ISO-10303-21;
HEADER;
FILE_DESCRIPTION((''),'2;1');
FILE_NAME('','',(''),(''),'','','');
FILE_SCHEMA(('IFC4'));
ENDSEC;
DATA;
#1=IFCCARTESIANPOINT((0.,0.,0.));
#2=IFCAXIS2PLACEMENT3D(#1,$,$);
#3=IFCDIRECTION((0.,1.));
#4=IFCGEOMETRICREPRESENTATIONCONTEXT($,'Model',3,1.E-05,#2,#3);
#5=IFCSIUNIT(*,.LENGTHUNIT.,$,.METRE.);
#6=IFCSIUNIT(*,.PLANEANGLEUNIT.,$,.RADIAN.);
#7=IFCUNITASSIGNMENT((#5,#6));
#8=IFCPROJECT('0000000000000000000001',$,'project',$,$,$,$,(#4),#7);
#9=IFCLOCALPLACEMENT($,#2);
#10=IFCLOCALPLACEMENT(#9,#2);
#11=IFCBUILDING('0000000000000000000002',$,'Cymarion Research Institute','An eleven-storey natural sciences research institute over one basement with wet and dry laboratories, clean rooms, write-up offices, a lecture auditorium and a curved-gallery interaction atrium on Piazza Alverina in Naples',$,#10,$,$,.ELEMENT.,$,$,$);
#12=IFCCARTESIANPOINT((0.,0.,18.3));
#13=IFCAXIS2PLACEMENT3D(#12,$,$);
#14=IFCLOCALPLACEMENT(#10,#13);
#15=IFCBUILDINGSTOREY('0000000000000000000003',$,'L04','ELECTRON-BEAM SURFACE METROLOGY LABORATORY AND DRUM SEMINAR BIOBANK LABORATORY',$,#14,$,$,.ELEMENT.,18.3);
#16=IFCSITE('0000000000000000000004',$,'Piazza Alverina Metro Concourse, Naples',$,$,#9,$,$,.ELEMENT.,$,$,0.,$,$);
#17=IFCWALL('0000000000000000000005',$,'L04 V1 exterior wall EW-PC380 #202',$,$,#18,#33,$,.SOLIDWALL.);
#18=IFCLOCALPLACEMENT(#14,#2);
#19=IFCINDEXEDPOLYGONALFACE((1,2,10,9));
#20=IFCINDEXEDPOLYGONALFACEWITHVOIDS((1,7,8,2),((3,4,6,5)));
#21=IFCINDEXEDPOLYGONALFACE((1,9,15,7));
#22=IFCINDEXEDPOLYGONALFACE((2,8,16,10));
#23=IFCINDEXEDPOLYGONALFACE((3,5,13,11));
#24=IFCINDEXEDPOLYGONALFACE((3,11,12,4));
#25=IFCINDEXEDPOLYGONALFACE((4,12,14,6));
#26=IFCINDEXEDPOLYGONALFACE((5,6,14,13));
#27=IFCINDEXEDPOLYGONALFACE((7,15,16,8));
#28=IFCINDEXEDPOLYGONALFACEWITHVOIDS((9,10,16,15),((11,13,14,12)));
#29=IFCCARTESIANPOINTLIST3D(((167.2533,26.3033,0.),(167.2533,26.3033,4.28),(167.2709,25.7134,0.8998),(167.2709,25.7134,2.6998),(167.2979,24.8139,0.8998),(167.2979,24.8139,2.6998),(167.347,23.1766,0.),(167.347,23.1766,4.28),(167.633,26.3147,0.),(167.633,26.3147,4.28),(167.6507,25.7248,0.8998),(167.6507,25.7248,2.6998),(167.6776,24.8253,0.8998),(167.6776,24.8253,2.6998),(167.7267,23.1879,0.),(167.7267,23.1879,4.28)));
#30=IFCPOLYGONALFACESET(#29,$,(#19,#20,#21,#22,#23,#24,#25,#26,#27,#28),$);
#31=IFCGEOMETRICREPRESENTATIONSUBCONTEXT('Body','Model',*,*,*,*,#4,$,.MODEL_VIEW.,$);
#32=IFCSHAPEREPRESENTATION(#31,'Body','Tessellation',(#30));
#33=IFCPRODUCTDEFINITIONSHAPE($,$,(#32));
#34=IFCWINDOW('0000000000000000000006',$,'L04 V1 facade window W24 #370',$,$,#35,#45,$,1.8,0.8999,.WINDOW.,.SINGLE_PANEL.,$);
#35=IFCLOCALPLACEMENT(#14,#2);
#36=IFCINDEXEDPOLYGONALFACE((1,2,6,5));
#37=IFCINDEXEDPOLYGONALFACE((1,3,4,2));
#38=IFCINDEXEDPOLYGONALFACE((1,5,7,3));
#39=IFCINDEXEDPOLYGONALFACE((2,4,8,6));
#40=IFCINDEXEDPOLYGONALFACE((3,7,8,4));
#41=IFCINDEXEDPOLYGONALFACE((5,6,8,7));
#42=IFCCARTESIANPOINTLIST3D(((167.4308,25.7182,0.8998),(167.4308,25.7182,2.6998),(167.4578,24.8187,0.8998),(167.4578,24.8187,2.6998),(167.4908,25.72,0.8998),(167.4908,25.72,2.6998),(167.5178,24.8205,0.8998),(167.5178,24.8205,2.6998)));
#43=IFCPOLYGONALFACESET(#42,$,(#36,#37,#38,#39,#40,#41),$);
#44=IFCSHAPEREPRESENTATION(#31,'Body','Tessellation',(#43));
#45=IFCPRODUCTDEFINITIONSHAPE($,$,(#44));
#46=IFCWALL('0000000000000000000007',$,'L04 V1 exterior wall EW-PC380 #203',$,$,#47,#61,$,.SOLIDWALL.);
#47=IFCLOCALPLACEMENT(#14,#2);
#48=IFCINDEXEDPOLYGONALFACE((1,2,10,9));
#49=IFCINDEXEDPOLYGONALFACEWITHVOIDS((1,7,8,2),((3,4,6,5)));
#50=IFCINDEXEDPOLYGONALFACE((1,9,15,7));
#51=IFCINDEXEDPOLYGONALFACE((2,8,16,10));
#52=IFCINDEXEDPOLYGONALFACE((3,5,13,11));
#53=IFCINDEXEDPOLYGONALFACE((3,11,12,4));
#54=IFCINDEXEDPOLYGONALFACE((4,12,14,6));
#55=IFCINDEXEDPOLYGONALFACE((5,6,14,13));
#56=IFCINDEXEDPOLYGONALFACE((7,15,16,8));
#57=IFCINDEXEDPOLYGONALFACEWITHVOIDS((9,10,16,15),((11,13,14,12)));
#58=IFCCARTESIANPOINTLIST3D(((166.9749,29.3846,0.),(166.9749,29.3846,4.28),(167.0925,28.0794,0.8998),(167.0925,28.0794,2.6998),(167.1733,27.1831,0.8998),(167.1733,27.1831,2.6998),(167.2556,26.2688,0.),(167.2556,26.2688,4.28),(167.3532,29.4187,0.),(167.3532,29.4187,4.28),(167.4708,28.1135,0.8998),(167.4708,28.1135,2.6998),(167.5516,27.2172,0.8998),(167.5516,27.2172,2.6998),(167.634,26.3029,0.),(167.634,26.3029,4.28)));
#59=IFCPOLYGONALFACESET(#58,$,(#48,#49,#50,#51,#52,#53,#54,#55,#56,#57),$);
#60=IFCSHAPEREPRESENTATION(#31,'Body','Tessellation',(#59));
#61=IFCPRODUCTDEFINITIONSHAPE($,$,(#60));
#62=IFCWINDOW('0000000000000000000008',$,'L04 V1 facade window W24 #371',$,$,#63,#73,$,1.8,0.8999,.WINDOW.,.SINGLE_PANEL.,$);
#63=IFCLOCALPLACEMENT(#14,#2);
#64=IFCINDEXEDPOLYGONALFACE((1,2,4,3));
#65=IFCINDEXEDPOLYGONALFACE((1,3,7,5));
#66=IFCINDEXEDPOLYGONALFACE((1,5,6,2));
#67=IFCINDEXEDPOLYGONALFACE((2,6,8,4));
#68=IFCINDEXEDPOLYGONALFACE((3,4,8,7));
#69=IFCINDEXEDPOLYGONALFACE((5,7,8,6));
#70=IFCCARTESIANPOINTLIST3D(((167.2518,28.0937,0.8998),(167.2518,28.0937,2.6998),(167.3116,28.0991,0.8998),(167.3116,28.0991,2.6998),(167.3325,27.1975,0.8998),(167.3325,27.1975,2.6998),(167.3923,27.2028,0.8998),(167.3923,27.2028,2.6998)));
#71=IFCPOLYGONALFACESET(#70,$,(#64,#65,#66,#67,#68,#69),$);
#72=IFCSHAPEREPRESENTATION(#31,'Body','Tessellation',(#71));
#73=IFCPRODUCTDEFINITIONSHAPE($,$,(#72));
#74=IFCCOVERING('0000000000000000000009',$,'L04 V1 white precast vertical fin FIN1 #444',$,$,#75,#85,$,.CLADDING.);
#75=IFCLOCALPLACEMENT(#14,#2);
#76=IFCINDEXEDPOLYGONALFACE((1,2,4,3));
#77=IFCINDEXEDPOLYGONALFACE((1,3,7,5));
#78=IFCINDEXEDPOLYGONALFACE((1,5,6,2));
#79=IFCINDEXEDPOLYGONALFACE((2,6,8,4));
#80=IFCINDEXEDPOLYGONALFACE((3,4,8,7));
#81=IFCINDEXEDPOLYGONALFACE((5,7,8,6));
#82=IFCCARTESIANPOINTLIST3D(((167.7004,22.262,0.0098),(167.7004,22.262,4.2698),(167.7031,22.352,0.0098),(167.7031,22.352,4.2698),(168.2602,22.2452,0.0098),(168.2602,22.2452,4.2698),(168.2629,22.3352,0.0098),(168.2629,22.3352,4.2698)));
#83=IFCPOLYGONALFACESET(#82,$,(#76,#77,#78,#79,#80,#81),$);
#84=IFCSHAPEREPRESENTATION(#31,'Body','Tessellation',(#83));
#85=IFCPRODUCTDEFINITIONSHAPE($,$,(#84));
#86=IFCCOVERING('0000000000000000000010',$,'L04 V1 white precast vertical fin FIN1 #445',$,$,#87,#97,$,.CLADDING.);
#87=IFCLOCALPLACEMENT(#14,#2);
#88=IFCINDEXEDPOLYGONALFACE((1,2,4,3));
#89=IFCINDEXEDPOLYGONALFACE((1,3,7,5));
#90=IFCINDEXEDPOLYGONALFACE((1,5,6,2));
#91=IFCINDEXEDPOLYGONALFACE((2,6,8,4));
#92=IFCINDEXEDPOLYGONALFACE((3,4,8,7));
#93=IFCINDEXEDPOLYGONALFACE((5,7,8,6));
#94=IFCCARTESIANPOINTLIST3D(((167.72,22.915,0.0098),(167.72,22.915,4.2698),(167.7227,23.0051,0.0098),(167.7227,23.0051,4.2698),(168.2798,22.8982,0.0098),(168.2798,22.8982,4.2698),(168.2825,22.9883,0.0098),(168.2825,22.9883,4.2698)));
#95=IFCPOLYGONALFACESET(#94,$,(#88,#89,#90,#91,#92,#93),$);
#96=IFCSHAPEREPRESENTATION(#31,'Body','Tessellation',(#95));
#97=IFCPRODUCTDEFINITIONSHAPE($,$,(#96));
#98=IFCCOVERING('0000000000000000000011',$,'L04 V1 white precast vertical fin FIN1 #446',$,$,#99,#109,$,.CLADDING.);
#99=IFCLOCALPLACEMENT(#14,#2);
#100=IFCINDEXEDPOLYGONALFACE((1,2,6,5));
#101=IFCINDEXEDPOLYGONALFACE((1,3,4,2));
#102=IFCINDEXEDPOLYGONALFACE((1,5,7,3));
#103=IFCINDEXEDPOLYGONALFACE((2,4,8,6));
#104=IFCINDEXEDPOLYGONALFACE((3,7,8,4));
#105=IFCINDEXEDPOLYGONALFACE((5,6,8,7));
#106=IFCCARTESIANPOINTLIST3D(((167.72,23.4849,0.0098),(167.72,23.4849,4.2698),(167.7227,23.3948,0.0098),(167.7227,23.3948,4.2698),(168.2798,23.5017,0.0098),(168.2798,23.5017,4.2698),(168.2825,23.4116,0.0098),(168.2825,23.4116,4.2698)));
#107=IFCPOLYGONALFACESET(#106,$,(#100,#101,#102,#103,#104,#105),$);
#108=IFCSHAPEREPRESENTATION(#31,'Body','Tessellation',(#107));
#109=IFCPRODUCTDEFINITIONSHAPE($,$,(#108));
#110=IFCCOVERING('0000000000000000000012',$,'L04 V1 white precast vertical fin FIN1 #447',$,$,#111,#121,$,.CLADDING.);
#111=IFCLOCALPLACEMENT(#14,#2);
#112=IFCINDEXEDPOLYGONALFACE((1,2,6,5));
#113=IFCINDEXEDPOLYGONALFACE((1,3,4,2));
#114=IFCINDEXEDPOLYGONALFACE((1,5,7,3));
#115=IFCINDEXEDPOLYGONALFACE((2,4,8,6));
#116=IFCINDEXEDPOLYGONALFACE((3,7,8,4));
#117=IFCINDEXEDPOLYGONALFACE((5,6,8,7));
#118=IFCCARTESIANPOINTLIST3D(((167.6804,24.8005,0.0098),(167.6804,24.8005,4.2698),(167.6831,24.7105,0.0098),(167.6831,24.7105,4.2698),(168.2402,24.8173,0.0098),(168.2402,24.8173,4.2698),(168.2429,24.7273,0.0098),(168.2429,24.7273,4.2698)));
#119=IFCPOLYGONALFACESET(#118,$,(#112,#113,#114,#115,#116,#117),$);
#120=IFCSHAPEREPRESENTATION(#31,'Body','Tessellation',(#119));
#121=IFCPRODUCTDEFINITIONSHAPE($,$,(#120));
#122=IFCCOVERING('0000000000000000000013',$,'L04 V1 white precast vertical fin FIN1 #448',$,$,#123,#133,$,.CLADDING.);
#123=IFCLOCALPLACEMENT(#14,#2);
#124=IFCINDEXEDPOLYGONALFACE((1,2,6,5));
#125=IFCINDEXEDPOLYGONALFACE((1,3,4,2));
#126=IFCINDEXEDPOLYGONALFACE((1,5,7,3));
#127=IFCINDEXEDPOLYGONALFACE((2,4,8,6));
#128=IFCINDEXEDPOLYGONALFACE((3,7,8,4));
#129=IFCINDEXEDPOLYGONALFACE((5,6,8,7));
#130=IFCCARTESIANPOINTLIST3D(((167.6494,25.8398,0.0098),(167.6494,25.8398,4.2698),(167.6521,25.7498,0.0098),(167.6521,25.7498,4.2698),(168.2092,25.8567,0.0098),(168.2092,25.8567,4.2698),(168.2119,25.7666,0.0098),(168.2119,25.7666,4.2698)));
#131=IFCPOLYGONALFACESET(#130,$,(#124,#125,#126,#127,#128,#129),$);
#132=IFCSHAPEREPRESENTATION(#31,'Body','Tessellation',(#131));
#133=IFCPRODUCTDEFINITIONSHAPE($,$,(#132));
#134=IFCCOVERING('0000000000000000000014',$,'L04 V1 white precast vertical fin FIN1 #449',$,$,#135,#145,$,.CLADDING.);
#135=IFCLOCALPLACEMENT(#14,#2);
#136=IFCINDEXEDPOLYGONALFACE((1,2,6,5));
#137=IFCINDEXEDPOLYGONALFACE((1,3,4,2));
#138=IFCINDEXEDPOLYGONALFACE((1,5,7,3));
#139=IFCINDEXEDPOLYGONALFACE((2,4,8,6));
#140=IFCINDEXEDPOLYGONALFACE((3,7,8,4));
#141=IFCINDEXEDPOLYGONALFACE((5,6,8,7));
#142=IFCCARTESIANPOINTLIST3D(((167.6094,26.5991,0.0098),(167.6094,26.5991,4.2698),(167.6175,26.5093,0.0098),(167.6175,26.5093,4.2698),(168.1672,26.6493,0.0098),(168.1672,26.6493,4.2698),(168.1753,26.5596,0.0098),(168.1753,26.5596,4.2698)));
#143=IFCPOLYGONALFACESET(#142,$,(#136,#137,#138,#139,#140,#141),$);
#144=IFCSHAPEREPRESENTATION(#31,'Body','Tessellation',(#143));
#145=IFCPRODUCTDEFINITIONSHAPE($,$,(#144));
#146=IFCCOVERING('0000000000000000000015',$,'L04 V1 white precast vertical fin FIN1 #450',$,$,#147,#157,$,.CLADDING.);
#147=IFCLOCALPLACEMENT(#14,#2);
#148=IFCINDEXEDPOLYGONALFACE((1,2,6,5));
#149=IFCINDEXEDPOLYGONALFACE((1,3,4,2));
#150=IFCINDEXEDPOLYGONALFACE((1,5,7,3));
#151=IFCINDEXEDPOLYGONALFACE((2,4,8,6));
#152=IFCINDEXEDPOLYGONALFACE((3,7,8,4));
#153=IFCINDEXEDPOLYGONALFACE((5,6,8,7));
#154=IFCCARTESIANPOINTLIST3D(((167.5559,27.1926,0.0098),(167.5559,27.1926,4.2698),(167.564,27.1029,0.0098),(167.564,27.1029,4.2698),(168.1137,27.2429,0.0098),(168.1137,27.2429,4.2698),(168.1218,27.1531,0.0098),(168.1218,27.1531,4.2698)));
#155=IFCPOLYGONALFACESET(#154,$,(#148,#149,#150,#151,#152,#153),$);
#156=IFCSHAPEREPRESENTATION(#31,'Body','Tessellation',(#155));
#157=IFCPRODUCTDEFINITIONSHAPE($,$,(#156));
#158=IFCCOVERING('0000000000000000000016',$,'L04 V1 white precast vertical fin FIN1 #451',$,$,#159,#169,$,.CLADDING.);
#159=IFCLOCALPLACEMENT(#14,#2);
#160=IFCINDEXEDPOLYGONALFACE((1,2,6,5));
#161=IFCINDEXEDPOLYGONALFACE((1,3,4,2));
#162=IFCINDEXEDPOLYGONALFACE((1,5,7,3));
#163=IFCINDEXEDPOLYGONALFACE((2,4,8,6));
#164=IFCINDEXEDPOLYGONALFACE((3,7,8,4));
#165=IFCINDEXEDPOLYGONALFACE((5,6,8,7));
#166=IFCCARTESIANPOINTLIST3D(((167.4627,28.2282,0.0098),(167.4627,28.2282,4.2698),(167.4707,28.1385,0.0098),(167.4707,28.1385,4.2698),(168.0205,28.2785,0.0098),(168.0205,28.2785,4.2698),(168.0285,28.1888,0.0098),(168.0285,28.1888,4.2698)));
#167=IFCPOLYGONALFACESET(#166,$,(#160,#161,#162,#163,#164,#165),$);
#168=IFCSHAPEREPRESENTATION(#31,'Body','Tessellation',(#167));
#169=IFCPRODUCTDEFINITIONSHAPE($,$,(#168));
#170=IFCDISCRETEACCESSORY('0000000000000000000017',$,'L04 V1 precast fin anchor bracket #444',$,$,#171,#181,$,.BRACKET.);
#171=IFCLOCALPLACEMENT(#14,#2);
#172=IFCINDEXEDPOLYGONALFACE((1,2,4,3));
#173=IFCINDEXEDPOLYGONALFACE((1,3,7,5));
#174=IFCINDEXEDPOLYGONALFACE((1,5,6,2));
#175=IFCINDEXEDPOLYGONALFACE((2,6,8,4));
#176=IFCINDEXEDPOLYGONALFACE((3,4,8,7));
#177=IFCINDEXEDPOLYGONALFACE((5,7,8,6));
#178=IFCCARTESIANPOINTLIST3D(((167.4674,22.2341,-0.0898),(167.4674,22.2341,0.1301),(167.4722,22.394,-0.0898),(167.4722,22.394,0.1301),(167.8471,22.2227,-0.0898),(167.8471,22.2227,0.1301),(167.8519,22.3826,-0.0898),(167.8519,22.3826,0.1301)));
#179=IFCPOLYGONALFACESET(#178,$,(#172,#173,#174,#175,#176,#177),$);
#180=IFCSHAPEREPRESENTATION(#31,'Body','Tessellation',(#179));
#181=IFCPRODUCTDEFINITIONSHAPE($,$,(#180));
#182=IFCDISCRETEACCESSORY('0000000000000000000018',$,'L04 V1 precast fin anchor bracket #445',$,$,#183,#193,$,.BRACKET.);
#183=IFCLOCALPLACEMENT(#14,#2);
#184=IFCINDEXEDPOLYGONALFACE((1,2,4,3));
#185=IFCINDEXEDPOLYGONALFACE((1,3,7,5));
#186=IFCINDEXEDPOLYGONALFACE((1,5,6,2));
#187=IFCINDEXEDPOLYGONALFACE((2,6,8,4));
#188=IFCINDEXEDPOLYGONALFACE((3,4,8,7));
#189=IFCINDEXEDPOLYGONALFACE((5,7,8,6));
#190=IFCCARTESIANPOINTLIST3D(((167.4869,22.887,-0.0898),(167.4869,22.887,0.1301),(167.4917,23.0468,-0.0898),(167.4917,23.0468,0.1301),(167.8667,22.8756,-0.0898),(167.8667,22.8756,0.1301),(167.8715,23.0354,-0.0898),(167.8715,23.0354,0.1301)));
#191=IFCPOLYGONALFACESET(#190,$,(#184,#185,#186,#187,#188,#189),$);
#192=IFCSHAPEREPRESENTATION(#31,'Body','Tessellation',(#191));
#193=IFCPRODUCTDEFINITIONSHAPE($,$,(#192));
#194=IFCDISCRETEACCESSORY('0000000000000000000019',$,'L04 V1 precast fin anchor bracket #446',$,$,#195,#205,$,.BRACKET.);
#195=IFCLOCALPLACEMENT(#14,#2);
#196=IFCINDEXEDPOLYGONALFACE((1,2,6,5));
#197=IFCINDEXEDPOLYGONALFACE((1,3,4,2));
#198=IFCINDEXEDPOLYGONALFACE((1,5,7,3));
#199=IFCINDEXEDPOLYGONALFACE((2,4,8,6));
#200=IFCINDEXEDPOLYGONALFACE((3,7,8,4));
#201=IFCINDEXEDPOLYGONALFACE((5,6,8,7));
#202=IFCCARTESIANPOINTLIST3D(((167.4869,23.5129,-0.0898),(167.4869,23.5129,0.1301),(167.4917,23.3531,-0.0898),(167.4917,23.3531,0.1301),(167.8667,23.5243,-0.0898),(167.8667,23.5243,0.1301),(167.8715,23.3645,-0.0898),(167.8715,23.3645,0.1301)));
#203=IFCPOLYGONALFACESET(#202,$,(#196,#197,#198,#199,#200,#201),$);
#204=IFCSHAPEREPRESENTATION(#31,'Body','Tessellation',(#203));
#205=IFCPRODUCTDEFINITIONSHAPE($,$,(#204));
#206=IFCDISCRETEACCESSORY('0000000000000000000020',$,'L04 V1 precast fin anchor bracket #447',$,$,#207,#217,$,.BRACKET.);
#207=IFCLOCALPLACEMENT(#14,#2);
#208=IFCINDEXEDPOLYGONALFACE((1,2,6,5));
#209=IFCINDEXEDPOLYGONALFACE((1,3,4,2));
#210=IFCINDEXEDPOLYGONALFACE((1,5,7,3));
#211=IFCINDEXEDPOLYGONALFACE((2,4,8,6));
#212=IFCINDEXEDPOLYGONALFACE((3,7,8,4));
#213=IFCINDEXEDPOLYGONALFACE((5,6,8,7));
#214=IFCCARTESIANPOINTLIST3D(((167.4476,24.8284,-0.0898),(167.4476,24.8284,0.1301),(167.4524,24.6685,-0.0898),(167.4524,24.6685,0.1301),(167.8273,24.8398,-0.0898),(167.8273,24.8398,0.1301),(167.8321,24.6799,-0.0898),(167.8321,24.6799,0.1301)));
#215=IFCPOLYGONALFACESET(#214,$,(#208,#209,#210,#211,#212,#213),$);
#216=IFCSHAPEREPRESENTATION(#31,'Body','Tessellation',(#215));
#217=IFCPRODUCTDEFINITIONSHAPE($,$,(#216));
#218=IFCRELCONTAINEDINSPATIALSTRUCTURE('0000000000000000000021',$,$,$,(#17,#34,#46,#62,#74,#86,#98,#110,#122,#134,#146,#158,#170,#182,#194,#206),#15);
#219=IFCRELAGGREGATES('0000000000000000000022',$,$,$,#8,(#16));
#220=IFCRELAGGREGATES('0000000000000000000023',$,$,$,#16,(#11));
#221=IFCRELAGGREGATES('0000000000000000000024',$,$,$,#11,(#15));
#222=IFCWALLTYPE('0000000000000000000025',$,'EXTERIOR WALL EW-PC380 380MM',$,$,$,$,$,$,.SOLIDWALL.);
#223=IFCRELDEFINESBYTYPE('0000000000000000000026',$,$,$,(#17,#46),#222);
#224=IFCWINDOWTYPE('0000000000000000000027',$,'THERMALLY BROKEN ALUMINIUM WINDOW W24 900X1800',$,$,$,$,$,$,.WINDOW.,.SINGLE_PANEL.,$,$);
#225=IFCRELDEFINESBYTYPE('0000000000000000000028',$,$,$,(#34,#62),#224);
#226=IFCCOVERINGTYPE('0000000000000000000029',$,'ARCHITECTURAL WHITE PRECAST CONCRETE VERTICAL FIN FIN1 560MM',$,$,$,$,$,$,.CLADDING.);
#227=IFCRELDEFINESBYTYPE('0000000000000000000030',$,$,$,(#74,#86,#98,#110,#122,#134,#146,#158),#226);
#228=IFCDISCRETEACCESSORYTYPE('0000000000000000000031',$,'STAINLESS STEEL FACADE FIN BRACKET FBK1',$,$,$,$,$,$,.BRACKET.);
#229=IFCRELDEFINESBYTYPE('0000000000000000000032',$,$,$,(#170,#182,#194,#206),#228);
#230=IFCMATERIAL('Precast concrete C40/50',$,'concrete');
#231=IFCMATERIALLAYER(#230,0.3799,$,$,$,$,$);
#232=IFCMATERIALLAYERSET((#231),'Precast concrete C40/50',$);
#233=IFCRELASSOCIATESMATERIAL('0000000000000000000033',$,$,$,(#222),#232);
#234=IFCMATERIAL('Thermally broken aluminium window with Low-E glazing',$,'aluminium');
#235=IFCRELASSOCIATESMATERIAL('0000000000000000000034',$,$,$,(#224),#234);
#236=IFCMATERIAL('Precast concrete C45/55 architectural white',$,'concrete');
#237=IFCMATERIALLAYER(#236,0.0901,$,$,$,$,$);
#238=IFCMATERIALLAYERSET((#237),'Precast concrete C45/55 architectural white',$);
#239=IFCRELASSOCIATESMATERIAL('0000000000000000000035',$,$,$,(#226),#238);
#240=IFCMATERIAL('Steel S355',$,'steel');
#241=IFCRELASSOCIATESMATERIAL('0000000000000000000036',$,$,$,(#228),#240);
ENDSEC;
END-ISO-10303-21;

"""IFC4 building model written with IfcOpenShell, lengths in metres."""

from ifc_helpers import new_model, si_unit, direction, frame, frame_2d, origin, origin_2d, place, context, subcontext, project, spatial, rectangle, extrude, material, layer, layer_set, type_object, element, fill, save


model = new_model("IFC4")

# Units and contexts
model_context = context("Model", 3, precision=1e-05, world=origin(), true_north=direction((0.0, 1.0)))
body_context = subcontext(model_context, "Body", "Model", "MODEL_VIEW")
ifc_project = project(units=[si_unit("LENGTHUNIT", "METRE"), si_unit("PLANEANGLEUNIT", "RADIAN")], contexts=[model_context])

# Site, building, storey
site_placement = place(None, origin())
site = spatial("IfcSite", under=ifc_project, at=site_placement, Name="Piazza Alverina Metro Concourse, Naples", CompositionType="ELEMENT", RefElevation=0.0)
building_placement = place(site_placement, origin())
building = spatial("IfcBuilding", under=site, at=building_placement, Name="Cymarion Research Institute", Description="An eleven-storey natural sciences research institute over one basement with wet and dry laboratories, clean rooms, write-up offices, a lecture auditorium and a curved-gallery interaction atrium on Piazza Alverina in Naples", CompositionType="ELEMENT")
storey_placement = place(building_placement, frame((0.0, 0.0, 18.3)))
storey = spatial("IfcBuildingStorey", under=building, at=storey_placement, Name="L04", Description="ELECTRON-BEAM SURFACE METROLOGY LABORATORY AND DRUM SEMINAR BIOBANK LABORATORY", CompositionType="ELEMENT", Elevation=18.3)

# Walls, openings, windows
ifc_material_1 = material(Name="Precast concrete C40/50", Category="concrete")
ifc_layer_1 = layer(ifc_material_1, 0.3799)
ifc_layer_set_1 = layer_set([ifc_layer_1], Name="Precast concrete C40/50")
wall_type = type_object("IfcWallType", Name="EXTERIOR WALL EW-PC380 380MM", PredefinedType="SOLIDWALL", material=ifc_layer_set_1)
wall_1_placement = place(storey_placement, frame((167.5369, 23.1824, 0.0), z_axis=(0.0, 0.0, 1.0), x_axis=(-0.02997, 0.999551, 0.0)))
wall_1 = element("IfcWall", 1, at=wall_1_placement, inside=storey, type_object=wall_type, Name="L04 V1 exterior wall EW-PC380 #202", PredefinedType="SOLIDWALL", context=body_context, shape_type="SweptSolid", body=[
    extrude(rectangle(XDim=3.1282, YDim=0.3799, at=frame_2d((1.564, 0.0))), origin(), (0.0, 0.0, 1.0), 4.28),
])
opening_1_placement = place(wall_1_placement, frame((1.6379, 0.0, 0.8999)))
opening_1 = element("IfcOpeningElement", 2, at=opening_1_placement, cuts=wall_1, PredefinedType="OPENING", context=body_context, shape_type="SweptSolid", body=[
    extrude(rectangle(XDim=0.8999, YDim=1.8, at=frame_2d((0.45, 0.8999))), frame((0.0, 0.2, 0.0), z_axis=(0.0, -1.0, 0.0), x_axis=(1.0, 0.0, 0.0)), (0.0, 0.0, 1.0), 0.3999),
])
ifc_material_2 = material(Name="Thermally broken aluminium window with Low-E glazing", Category="aluminium")
window_type = type_object("IfcWindowType", Name="THERMALLY BROKEN ALUMINIUM WINDOW W24 900X1800", PartitioningType="SINGLE_PANEL", PredefinedType="WINDOW", material=ifc_material_2)
window_1_placement = place(opening_1_placement, origin())
window_1 = element("IfcWindow", 3, at=window_1_placement, inside=storey, type_object=window_type, Name="L04 V1 facade window W24 #370", OverallHeight=1.8, OverallWidth=0.8999, PartitioningType="SINGLE_PANEL", PredefinedType="WINDOW", context=body_context, shape_type="SweptSolid", body=[
    extrude(rectangle(XDim=0.8999, YDim=1.8, at=frame_2d((0.45, 0.8999))), frame((0.0, 0.03, 0.0), z_axis=(0.0, -1.0, 0.0), x_axis=(1.0, 0.0, 0.0)), (0.0, 0.0, 1.0), 0.0601),
])
fill(opening_1, window_1)
wall_2_placement = place(storey_placement, frame((167.4448, 26.2859, 0.0), z_axis=(0.0, 0.0, 1.0), x_axis=(-0.089748, 0.995965, 0.0)))
wall_2 = element("IfcWall", 4, at=wall_2_placement, inside=storey, type_object=wall_type, Name="L04 V1 exterior wall EW-PC380 #203", PredefinedType="SOLIDWALL", context=body_context, shape_type="SweptSolid", body=[
    extrude(rectangle(XDim=3.1284, YDim=0.3799, at=frame_2d((1.5642, 0.0))), origin(), (0.0, 0.0, 1.0), 4.28),
])
opening_2_placement = place(wall_2_placement, frame((0.918, 0.0, 0.8999)))
opening_2 = element("IfcOpeningElement", 5, at=opening_2_placement, cuts=wall_2, PredefinedType="OPENING", context=body_context, shape_type="SweptSolid", body=[
    extrude(rectangle(XDim=0.8999, YDim=1.8, at=frame_2d((0.45, 0.8999))), frame((0.0, 0.2, 0.0), z_axis=(0.0, -1.0, 0.0), x_axis=(1.0, 0.0, 0.0)), (0.0, 0.0, 1.0), 0.3999),
])
window_2_placement = place(opening_2_placement, origin())
window_2 = element("IfcWindow", 6, at=window_2_placement, inside=storey, type_object=window_type, Name="L04 V1 facade window W24 #371", OverallHeight=1.8, OverallWidth=0.8999, PartitioningType="SINGLE_PANEL", PredefinedType="WINDOW", context=body_context, shape_type="SweptSolid", body=[
    extrude(rectangle(XDim=0.8999, YDim=1.8, at=frame_2d((0.45, 0.8999))), frame((0.0, 0.03, 0.0), z_axis=(0.0, -1.0, 0.0), x_axis=(1.0, 0.0, 0.0)), (0.0, 0.0, 1.0), 0.0601),
])
fill(opening_2, window_2)

# Coverings
ifc_material_3 = material(Name="Precast concrete C45/55 architectural white", Category="concrete")
ifc_layer_2 = layer(ifc_material_3, 0.0901)
ifc_layer_set_2 = layer_set([ifc_layer_2], Name="Precast concrete C45/55 architectural white")
covering_type = type_object("IfcCoveringType", Name="ARCHITECTURAL WHITE PRECAST CONCRETE VERTICAL FIN FIN1 560MM", PredefinedType="CLADDING", material=ifc_layer_set_2)
for number, where, z_axis, x_axis, name in (
    (7, (167.9817, 22.2986, 0.0098), (0.0, 0.0, 1.0), (0.999549, -0.030015, 0.0), "L04 V1 white precast vertical fin FIN1 #444"),
    (8, (168.0012, 22.9517, 0.0098), (0.0, 0.0, 1.0), (0.999549, -0.030015, 0.0), "L04 V1 white precast vertical fin FIN1 #445"),
    (9, (168.0012, 23.4482, 0.0098), (0.0, 0.0, 1.0), (0.999549, 0.030015, 0.0), "L04 V1 white precast vertical fin FIN1 #446"),
    (10, (167.9617, 24.7639, 0.0098), (0.0, 0.0, 1.0), (0.999549, 0.030015, 0.0), "L04 V1 white precast vertical fin FIN1 #447"),
    (11, (167.9307, 25.8032, 0.0098), (0.0, 0.0, 1.0), (0.999549, 0.030015, 0.0), "L04 V1 white precast vertical fin FIN1 #448"),
    (12, (167.8923, 26.5793, 0.0098), (0.0, 0.0, 1.0), (0.995963, 0.089763, 0.0), "L04 V1 white precast vertical fin FIN1 #449"),
    (13, (167.8389, 27.1729, 0.0098), (0.0, 0.0, 1.0), (0.995963, 0.089763, 0.0), "L04 V1 white precast vertical fin FIN1 #450"),
    (14, (167.7456, 28.2085, 0.0098), (0.0, 0.0, 1.0), (0.995963, 0.089763, 0.0), "L04 V1 white precast vertical fin FIN1 #451"),
):
    element("IfcCovering", number, at=place(storey_placement, frame(where, z_axis=z_axis, x_axis=x_axis)), inside=storey, type_object=covering_type, Name=name, PredefinedType="CLADDING", context=body_context, shape_type="SweptSolid", body=[
        extrude(rectangle(XDim=0.5601, YDim=0.0901, at=origin_2d()), origin(), (0.0, 0.0, 1.0), 4.26),
    ])

# Discrete accessories
ifc_material_4 = material(Name="Steel S355", Category="steel")
discrete_accessory_type = type_object("IfcDiscreteAccessoryType", Name="STAINLESS STEEL FACADE FIN BRACKET FBK1", PredefinedType="BRACKET", material=ifc_material_4)
for number, where, z_axis, x_axis, name in (
    (15, (167.6597, 22.3083, -0.0898), (0.0, 0.0, 1.0), (0.999549, -0.030015, 0.0), "L04 V1 precast fin anchor bracket #444"),
    (16, (167.6792, 22.9612, -0.0898), (0.0, 0.0, 1.0), (0.999549, -0.030015, 0.0), "L04 V1 precast fin anchor bracket #445"),
    (17, (167.6792, 23.4387, -0.0898), (0.0, 0.0, 1.0), (0.999549, 0.030015, 0.0), "L04 V1 precast fin anchor bracket #446"),
    (18, (167.6399, 24.7542, -0.0898), (0.0, 0.0, 1.0), (0.999549, 0.030015, 0.0), "L04 V1 precast fin anchor bracket #447"),
):
    element("IfcDiscreteAccessory", number, at=place(storey_placement, frame(where, z_axis=z_axis, x_axis=x_axis)), inside=storey, type_object=discrete_accessory_type, Name=name, PredefinedType="BRACKET", context=body_context, shape_type="SweptSolid", body=[
        extrude(rectangle(XDim=0.3799, YDim=0.1599, at=origin_2d()), origin(), (0.0, 0.0, 1.0), 0.22),
    ])

save(model, "model.ifc")
